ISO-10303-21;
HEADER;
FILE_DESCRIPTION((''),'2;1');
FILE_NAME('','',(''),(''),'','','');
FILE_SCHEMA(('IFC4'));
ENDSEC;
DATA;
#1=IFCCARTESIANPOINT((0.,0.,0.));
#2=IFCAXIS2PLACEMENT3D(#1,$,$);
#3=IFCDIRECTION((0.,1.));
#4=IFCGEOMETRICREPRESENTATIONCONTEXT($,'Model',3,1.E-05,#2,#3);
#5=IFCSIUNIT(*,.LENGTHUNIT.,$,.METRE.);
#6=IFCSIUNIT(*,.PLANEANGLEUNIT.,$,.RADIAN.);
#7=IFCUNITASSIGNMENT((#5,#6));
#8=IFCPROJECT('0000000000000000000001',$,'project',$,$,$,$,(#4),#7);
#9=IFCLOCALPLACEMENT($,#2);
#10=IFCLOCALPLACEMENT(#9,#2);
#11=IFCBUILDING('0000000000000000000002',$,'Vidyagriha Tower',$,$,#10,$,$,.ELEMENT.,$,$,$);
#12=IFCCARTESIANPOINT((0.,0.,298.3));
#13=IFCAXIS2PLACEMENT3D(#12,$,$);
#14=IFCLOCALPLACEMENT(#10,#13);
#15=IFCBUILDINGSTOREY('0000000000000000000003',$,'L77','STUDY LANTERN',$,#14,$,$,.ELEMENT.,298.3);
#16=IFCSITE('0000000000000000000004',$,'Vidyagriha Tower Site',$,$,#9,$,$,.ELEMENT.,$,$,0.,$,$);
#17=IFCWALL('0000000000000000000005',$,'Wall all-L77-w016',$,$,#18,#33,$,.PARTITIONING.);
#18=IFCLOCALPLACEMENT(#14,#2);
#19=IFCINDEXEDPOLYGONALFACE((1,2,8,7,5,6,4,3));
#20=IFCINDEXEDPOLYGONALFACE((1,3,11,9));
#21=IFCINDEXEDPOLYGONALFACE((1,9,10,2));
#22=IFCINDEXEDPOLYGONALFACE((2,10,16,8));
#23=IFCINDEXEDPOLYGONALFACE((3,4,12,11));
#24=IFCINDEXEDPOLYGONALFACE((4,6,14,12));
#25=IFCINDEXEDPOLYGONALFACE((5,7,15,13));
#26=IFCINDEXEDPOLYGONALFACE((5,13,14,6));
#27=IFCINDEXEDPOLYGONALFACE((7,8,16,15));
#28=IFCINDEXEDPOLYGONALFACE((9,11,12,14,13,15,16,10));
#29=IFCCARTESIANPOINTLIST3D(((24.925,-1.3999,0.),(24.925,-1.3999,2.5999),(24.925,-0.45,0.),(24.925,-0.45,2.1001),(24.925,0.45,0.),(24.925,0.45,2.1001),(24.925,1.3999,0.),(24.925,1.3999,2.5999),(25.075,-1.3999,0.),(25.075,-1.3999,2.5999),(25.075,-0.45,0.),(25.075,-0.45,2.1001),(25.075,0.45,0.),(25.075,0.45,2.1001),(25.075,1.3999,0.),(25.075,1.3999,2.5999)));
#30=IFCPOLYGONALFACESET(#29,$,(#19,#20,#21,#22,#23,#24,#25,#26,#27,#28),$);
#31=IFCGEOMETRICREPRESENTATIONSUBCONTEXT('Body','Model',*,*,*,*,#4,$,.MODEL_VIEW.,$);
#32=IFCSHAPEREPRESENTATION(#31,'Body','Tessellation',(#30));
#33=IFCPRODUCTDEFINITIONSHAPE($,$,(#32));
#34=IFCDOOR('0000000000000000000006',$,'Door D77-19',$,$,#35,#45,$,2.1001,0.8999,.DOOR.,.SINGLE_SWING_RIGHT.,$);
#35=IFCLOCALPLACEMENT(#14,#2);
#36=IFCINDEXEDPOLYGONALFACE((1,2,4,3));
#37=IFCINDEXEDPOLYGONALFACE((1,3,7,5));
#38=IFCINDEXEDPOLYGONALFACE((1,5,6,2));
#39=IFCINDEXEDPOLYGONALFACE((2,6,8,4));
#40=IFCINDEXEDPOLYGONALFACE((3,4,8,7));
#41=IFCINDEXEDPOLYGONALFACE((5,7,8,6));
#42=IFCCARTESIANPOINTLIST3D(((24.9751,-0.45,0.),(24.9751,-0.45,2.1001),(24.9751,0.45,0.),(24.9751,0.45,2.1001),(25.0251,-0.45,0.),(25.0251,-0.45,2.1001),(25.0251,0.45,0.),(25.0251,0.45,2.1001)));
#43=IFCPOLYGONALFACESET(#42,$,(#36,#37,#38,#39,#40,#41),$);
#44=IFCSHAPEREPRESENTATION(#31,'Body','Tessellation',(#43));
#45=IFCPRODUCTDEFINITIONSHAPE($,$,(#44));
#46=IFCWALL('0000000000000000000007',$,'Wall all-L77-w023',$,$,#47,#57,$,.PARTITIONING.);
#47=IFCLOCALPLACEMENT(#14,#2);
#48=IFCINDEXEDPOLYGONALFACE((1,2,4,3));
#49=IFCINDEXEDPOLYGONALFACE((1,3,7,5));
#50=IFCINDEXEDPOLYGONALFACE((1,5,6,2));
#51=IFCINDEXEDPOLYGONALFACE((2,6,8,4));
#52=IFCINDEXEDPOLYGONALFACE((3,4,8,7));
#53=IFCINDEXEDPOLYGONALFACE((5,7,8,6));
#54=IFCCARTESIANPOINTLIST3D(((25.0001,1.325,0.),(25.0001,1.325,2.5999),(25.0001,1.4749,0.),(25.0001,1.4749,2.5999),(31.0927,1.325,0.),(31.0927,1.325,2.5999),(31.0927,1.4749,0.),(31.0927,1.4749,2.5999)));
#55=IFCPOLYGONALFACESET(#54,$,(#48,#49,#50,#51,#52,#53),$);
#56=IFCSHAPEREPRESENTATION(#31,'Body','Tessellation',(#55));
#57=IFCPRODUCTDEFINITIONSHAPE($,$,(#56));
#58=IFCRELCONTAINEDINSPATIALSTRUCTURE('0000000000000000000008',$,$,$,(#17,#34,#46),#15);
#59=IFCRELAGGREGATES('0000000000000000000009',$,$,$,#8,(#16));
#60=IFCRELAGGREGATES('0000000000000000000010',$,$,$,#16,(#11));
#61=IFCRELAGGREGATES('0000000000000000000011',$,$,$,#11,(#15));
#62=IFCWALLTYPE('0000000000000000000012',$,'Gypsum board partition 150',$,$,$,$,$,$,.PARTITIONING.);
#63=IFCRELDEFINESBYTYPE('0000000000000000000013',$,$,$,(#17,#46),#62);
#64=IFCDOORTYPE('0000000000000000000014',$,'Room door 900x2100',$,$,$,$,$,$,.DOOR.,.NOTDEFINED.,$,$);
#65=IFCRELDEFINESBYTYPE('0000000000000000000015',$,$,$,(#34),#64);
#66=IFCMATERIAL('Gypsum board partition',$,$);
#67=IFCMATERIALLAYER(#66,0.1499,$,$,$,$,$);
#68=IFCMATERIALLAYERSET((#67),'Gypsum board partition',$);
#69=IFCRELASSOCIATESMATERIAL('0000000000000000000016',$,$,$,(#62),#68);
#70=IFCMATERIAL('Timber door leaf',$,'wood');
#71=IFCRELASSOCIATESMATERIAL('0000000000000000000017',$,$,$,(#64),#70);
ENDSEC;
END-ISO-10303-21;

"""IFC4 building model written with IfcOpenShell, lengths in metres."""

from ifc_helpers import new_model, si_unit, direction, frame, frame_2d, origin, place, context, subcontext, project, spatial, rectangle, extrude, material, layer, layer_set, type_object, element, fill, save


model = new_model("IFC4")

# Units and contexts
model_context = context("Model", 3, precision=1e-05, world=origin(), true_north=direction((0.0, 1.0)))
body_context = subcontext(model_context, "Body", "Model", "MODEL_VIEW")
ifc_project = project(units=[si_unit("LENGTHUNIT", "METRE"), si_unit("PLANEANGLEUNIT", "RADIAN")], contexts=[model_context])

# Site, building, storey
site_placement = place(None, origin())
site = spatial("IfcSite", under=ifc_project, at=site_placement, Name="Vidyagriha Tower Site", CompositionType="ELEMENT", RefElevation=0.0)
building_placement = place(site_placement, origin())
building = spatial("IfcBuilding", under=site, at=building_placement, Name="Vidyagriha Tower", CompositionType="ELEMENT")
storey_placement = place(building_placement, frame((0.0, 0.0, 298.3)))
storey = spatial("IfcBuildingStorey", under=building, at=storey_placement, Name="L77", Description="STUDY LANTERN", CompositionType="ELEMENT", Elevation=298.3)

# Wall, opening, door
ifc_material_1 = material(Name="Gypsum board partition")
ifc_layer_1 = layer(ifc_material_1, 0.1499)
ifc_layer_set_1 = layer_set([ifc_layer_1], Name="Gypsum board partition")
wall_type_1 = type_object("IfcWallType", Name="Gypsum board partition 150", PredefinedType="PARTITIONING", material=ifc_layer_set_1)
wall_1_placement = place(storey_placement, frame((25.0, -1.3999, 0.0), z_axis=(0.0, 0.0, 1.0), x_axis=(0.0, 1.0, 0.0)))
wall_1 = element("IfcWall", 1, at=wall_1_placement, inside=storey, type_object=wall_type_1, Name="Wall all-L77-w016", PredefinedType="PARTITIONING", context=body_context, shape_type="SweptSolid", body=[
    extrude(rectangle(XDim=2.7998, YDim=0.1499, at=frame_2d((1.3999, 0.0))), origin(), (0.0, 0.0, 1.0), 2.5999),
])
opening_1_placement = place(wall_1_placement, frame((0.95, 0.0, 0.0)))
opening_1 = element("IfcOpeningElement", 2, at=opening_1_placement, cuts=wall_1, PredefinedType="OPENING", context=body_context, shape_type="SweptSolid", body=[
    extrude(rectangle(XDim=0.8999, YDim=2.1001, at=frame_2d((0.45, 1.05))), frame((0.0, 0.085, 0.0), z_axis=(0.0, -1.0, 0.0), x_axis=(1.0, 0.0, 0.0)), (0.0, 0.0, 1.0), 0.1699),
])
ifc_material_2 = material(Name="Timber door leaf", Category="wood")
door_type_1 = type_object("IfcDoorType", Name="Room door 900x2100", OperationType="NOTDEFINED", PredefinedType="DOOR", material=ifc_material_2)
door_1_placement = place(opening_1_placement, origin())
door_1 = element("IfcDoor", 3, at=door_1_placement, inside=storey, type_object=door_type_1, Name="Door D77-19", OperationType="SINGLE_SWING_RIGHT", OverallHeight=2.1001, OverallWidth=0.8999, PredefinedType="DOOR", context=body_context, shape_type="SweptSolid", body=[
    extrude(rectangle(XDim=0.8999, YDim=2.1001, at=frame_2d((0.45, 1.05))), frame((0.0, 0.0249, 0.0), z_axis=(0.0, -1.0, 0.0), x_axis=(1.0, 0.0, 0.0)), (0.0, 0.0, 1.0), 0.05),
])
fill(opening_1, door_1)

# Wall
wall_2_placement = place(storey_placement, frame((25.0, 1.3999, 0.0)))
element("IfcWall", 4, at=wall_2_placement, inside=storey, type_object=wall_type_1, Name="Wall all-L77-w023", PredefinedType="PARTITIONING", context=body_context, shape_type="SweptSolid", body=[
    extrude(rectangle(XDim=6.0925, YDim=0.1499, at=frame_2d((3.0464, 0.0))), origin(), (0.0, 0.0, 1.0), 2.5999),
])

save(model, "model.ifc")
